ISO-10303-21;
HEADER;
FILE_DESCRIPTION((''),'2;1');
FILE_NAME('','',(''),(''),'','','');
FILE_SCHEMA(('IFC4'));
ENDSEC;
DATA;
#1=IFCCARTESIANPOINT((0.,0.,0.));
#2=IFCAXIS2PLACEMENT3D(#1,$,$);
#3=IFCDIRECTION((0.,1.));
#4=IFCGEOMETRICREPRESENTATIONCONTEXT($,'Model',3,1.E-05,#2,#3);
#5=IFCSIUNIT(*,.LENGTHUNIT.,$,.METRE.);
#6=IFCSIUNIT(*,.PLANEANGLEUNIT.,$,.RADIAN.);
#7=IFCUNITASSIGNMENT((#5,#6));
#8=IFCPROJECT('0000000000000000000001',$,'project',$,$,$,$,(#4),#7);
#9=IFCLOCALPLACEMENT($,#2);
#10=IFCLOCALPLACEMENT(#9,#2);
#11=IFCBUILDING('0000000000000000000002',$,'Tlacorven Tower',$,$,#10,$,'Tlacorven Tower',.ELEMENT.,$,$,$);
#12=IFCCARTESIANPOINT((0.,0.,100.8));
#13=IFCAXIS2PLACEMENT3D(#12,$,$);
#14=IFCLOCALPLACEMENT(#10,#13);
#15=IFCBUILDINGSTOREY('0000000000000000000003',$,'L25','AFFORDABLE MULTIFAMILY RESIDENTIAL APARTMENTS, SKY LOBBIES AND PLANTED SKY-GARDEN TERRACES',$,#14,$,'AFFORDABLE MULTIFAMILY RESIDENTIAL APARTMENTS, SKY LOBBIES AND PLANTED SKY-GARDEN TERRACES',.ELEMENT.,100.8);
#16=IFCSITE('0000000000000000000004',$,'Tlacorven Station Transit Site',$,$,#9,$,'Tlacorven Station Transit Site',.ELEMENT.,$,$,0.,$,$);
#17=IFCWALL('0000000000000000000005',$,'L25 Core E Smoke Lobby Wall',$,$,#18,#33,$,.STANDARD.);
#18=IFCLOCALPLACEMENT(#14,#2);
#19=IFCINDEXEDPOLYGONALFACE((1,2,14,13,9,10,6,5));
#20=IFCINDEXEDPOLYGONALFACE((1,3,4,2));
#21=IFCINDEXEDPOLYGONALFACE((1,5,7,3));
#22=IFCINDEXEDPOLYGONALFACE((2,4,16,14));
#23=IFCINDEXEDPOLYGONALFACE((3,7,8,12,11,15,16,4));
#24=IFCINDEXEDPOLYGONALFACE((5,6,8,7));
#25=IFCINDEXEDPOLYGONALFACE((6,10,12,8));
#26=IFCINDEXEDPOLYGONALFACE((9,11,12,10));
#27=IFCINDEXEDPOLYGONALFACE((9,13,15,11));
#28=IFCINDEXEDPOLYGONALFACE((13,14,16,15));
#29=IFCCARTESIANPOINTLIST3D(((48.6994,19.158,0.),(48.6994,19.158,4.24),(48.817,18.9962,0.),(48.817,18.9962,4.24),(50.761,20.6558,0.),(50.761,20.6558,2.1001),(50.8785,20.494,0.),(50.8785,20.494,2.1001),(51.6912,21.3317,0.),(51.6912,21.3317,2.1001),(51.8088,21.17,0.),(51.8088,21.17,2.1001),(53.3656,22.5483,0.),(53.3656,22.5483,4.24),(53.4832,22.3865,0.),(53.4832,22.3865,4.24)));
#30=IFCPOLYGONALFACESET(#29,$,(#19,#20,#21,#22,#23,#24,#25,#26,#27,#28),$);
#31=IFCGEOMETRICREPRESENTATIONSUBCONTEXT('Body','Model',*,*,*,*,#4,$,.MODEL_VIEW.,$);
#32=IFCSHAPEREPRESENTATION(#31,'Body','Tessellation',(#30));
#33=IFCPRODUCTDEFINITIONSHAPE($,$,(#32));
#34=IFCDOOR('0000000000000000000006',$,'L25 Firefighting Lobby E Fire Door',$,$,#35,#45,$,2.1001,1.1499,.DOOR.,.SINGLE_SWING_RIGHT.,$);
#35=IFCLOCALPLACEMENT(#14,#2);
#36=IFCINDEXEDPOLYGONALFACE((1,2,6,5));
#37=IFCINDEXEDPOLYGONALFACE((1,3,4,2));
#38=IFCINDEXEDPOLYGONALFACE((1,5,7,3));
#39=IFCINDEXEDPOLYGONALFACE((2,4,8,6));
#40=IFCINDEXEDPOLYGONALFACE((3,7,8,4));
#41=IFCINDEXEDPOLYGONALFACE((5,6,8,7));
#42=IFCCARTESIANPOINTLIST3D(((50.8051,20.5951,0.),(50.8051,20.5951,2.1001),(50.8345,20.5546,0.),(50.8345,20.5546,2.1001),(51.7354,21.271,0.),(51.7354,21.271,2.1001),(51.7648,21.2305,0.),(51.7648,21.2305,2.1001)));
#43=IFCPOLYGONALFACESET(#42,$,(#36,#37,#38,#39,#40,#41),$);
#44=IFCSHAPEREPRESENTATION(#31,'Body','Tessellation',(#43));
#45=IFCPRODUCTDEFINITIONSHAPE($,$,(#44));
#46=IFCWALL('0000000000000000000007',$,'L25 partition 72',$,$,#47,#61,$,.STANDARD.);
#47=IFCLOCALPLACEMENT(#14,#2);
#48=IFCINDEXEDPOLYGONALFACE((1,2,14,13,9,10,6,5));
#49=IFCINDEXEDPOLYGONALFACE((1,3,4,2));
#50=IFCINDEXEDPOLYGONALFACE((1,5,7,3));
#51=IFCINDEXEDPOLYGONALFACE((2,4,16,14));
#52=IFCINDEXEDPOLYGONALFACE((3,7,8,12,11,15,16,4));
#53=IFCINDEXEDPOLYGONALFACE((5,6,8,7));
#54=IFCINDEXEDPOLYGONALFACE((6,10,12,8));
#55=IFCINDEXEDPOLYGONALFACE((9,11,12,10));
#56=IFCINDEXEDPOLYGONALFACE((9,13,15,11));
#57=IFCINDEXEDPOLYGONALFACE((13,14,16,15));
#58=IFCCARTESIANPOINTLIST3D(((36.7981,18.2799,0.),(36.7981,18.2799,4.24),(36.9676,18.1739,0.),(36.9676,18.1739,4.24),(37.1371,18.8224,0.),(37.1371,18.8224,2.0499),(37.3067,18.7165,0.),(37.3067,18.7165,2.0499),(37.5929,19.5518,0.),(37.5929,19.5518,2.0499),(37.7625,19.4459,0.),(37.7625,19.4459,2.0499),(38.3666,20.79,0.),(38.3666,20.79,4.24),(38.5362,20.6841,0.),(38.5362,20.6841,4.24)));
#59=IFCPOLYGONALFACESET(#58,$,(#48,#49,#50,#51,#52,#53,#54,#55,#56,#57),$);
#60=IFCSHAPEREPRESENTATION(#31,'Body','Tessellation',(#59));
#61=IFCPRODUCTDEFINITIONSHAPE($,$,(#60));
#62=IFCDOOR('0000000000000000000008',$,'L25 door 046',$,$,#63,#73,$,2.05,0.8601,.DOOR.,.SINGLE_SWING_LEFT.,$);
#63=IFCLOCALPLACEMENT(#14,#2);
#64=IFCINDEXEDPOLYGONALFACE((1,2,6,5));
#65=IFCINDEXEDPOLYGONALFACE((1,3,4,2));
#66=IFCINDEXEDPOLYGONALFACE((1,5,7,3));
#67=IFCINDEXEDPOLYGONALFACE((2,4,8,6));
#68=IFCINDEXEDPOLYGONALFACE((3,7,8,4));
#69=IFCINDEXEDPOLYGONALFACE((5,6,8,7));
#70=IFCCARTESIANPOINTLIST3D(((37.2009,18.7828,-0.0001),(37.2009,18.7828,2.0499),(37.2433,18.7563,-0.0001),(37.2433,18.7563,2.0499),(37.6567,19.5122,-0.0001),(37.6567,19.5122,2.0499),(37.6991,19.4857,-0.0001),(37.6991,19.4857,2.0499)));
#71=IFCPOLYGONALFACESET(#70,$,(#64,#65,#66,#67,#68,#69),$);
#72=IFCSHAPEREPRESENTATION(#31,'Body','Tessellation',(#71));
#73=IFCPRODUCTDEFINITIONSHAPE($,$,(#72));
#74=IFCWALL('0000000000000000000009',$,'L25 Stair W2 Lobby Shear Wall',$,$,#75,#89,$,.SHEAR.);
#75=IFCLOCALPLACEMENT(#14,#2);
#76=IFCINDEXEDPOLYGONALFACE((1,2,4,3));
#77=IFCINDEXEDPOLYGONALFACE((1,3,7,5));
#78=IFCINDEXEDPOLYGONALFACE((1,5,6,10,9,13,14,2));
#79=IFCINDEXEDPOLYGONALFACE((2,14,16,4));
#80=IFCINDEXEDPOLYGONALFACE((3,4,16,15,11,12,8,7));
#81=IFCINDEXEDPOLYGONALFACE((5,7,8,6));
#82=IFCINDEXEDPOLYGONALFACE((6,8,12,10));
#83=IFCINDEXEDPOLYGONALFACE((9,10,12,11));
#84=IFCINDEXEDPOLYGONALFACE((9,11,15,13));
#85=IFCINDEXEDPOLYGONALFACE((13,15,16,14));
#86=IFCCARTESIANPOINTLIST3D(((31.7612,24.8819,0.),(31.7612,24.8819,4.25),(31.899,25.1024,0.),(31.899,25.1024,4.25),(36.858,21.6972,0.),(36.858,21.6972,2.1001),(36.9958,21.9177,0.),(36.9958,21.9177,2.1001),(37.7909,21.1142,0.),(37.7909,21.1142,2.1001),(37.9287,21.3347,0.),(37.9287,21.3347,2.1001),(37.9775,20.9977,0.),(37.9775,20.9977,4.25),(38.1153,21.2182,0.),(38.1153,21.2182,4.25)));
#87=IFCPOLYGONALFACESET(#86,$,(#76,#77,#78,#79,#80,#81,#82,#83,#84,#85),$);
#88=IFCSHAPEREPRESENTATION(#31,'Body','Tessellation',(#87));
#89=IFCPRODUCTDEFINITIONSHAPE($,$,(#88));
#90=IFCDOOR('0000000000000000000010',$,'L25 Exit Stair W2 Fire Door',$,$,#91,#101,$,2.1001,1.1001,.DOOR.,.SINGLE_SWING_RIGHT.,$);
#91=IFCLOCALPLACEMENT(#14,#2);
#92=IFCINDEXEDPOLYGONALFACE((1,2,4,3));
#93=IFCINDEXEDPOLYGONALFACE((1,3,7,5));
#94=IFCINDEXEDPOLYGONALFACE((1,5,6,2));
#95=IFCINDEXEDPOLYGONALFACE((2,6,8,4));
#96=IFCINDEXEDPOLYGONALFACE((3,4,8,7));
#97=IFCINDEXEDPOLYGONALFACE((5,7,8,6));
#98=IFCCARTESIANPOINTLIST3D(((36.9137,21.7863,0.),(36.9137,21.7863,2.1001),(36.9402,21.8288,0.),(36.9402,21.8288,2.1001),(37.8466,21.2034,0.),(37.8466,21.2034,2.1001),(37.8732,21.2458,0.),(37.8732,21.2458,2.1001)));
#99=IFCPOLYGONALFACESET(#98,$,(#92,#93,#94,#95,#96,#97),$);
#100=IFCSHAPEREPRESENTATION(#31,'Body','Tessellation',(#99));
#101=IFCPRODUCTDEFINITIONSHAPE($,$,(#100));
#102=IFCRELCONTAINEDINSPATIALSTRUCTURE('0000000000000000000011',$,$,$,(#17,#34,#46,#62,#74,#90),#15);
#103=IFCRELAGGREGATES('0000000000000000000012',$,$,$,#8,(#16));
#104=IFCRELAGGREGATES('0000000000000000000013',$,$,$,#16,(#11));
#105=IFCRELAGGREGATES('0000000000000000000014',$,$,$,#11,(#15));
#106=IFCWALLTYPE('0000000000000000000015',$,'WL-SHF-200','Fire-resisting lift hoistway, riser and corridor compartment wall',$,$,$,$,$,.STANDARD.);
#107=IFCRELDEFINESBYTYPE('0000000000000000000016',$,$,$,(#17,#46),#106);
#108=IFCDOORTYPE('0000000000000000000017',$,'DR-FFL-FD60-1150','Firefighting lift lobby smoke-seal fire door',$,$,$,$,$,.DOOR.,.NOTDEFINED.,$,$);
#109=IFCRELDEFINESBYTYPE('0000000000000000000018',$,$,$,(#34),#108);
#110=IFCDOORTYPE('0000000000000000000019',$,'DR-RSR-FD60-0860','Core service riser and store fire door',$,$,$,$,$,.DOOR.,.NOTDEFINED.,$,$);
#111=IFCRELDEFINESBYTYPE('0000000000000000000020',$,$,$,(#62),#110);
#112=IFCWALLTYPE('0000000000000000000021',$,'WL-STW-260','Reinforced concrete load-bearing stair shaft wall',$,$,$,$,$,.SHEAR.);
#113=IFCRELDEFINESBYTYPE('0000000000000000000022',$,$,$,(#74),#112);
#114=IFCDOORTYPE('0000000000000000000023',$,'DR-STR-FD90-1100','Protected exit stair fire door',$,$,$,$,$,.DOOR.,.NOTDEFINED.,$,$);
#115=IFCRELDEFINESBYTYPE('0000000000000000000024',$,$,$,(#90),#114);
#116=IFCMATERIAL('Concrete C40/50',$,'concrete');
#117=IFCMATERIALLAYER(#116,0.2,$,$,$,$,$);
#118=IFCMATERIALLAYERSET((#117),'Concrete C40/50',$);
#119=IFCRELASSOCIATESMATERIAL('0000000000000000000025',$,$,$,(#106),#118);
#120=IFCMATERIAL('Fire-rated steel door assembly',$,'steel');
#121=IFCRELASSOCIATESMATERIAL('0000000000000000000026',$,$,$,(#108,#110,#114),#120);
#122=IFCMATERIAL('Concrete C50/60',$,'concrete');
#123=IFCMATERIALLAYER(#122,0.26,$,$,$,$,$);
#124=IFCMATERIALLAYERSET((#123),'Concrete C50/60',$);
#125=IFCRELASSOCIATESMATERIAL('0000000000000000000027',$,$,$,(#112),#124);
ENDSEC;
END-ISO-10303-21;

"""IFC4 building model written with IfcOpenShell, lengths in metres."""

from ifc_helpers import new_model, si_unit, direction, frame, frame_2d, origin, place, context, subcontext, project, spatial, rectangle, extrude, source, transform, mapped, material, layer, layer_set, type_object, element, fill, save


model = new_model("IFC4")

# Units and contexts
model_context = context("Model", 3, precision=1e-05, world=origin(), true_north=direction((0.0, 1.0)))
body_context = subcontext(model_context, "Body", "Model", "MODEL_VIEW")
ifc_project = project(units=[si_unit("LENGTHUNIT", "METRE"), si_unit("PLANEANGLEUNIT", "RADIAN")], contexts=[model_context])

# Site, building, storey
site_placement = place(None, origin())
site = spatial("IfcSite", under=ifc_project, at=site_placement, Name="Tlacorven Station Transit Site", LongName="Tlacorven Station Transit Site", CompositionType="ELEMENT", RefElevation=0.0)
building_placement = place(site_placement, origin())
building = spatial("IfcBuilding", under=site, at=building_placement, Name="Tlacorven Tower", LongName="Tlacorven Tower", CompositionType="ELEMENT")
storey_placement = place(building_placement, frame((0.0, 0.0, 100.8)))
storey = spatial("IfcBuildingStorey", under=building, at=storey_placement, Name="L25", Description="AFFORDABLE MULTIFAMILY RESIDENTIAL APARTMENTS, SKY LOBBIES AND PLANTED SKY-GARDEN TERRACES", LongName="AFFORDABLE MULTIFAMILY RESIDENTIAL APARTMENTS, SKY LOBBIES AND PLANTED SKY-GARDEN TERRACES", CompositionType="ELEMENT", Elevation=100.8)

# Walls, openings, doors
ifc_material_1 = material(Name="Concrete C40/50", Category="concrete")
ifc_layer_1 = layer(ifc_material_1, 0.2)
ifc_layer_set_1 = layer_set([ifc_layer_1], Name="Concrete C40/50")
wall_type_1 = type_object("IfcWallType", Name="WL-SHF-200", Description="Fire-resisting lift hoistway, riser and corridor compartment wall", PredefinedType="STANDARD", material=ifc_layer_set_1)
ifc_material_2 = material(Name="Fire-rated steel door assembly", Category="steel")
door_type_1 = type_object("IfcDoorType", Name="DR-FFL-FD60-1150", Description="Firefighting lift lobby smoke-seal fire door", OperationType="NOTDEFINED", PredefinedType="DOOR", material=ifc_material_2)
shared_shape_1 = source(origin(), body_context, "Body", "SweptSolid", [
    extrude(rectangle(XDim=1.1499, YDim=2.1001, at=frame_2d((0.575, 1.05))), frame((0.0, 0.0249, 0.0), z_axis=(0.0, -1.0, 0.0), x_axis=(1.0, 0.0, 0.0)), (0.0, 0.0, 1.0), 0.05),
])
wall_1_placement = place(storey_placement, frame((48.7583, 19.0771, 0.0), z_axis=(0.0, 0.0, 1.0), x_axis=(0.809005, 0.587802, 0.0)))
wall_1 = element("IfcWall", 1, at=wall_1_placement, inside=storey, type_object=wall_type_1, Name="L25 Core E Smoke Lobby Wall", PredefinedType="STANDARD", context=body_context, shape_type="SweptSolid", body=[
    extrude(rectangle(XDim=5.7678, YDim=0.2, at=frame_2d((2.8838, 0.0))), origin(), (0.0, 0.0, 1.0), 4.24),
])
opening_1_placement = place(wall_1_placement, frame((2.5481, 0.0, 0.0)))
opening_1 = element("IfcOpeningElement", 2, at=opening_1_placement, cuts=wall_1, PredefinedType="OPENING", context=body_context, shape_type="SweptSolid", body=[
    extrude(rectangle(XDim=1.1499, YDim=2.1001, at=frame_2d((0.575, 1.05))), frame((0.0, 0.1099, 0.0), z_axis=(0.0, -1.0, 0.0), x_axis=(1.0, 0.0, 0.0)), (0.0, 0.0, 1.0), 0.22),
])
door_1_placement = place(opening_1_placement, origin())
door_1 = element("IfcDoor", 3, at=door_1_placement, inside=storey, type_object=door_type_1, Name="L25 Firefighting Lobby E Fire Door", OperationType="SINGLE_SWING_RIGHT", OverallHeight=2.1001, OverallWidth=1.1499, PredefinedType="DOOR", context=body_context, shape_type="MappedRepresentation", body=[
    mapped(shared_shape_1, transform((0.0, 0.0, 0.0), scale=1.0)),
])
fill(opening_1, door_1)
wall_2_placement = place(storey_placement, frame((38.4514, 20.7371, 0.0), z_axis=(0.0, 0.0, 1.0), x_axis=(-0.529925, -0.848045, 0.0)))
wall_2 = element("IfcWall", 4, at=wall_2_placement, inside=storey, type_object=wall_type_1, Name="L25 partition 72", PredefinedType="STANDARD", context=body_context, shape_type="SweptSolid", body=[
    extrude(rectangle(XDim=2.96, YDim=0.2, at=frame_2d((1.48, 0.0))), origin(), (0.0, 0.0, 1.0), 4.24),
])
opening_2_placement = place(wall_2_placement, frame((1.46, 0.0, 0.0)))
opening_2 = element("IfcOpeningElement", 5, at=opening_2_placement, cuts=wall_2, PredefinedType="OPENING", context=body_context, shape_type="SweptSolid", body=[
    extrude(rectangle(XDim=0.8601, YDim=2.05, at=frame_2d((0.4302, 1.0249))), frame((0.0, 0.1099, 0.0), z_axis=(0.0, -1.0, 0.0), x_axis=(1.0, 0.0, 0.0)), (0.0, 0.0, 1.0), 0.22),
])
door_type_2 = type_object("IfcDoorType", Name="DR-RSR-FD60-0860", Description="Core service riser and store fire door", OperationType="NOTDEFINED", PredefinedType="DOOR", material=ifc_material_2)
shared_shape_2 = source(origin(), body_context, "Body", "SweptSolid", [
    extrude(rectangle(XDim=0.8601, YDim=2.05, at=frame_2d((0.4302, 1.0249))), frame((0.0, 0.0249, 0.0), z_axis=(0.0, -1.0, 0.0), x_axis=(1.0, 0.0, 0.0)), (0.0, 0.0, 1.0), 0.05),
])
door_2_placement = place(opening_2_placement, frame((0.8601, 0.0, 0.0), z_axis=(0.0, 0.0, 1.0), x_axis=(-1.0, 0.0, 0.0)))
door_2 = element("IfcDoor", 6, at=door_2_placement, inside=storey, type_object=door_type_2, Name="L25 door 046", OperationType="SINGLE_SWING_LEFT", OverallHeight=2.05, OverallWidth=0.8601, PredefinedType="DOOR", context=body_context, shape_type="MappedRepresentation", body=[
    mapped(shared_shape_2, transform((0.0, 0.0, 0.0), scale=1.0)),
])
fill(opening_2, door_2)
ifc_material_3 = material(Name="Concrete C50/60", Category="concrete")
ifc_layer_2 = layer(ifc_material_3, 0.26)
ifc_layer_set_2 = layer_set([ifc_layer_2], Name="Concrete C50/60")
wall_type_2 = type_object("IfcWallType", Name="WL-STW-260", Description="Reinforced concrete load-bearing stair shaft wall", PredefinedType="SHEAR", material=ifc_layer_set_2)
wall_3_placement = place(storey_placement, frame((38.0464, 21.1079, 0.0), z_axis=(0.0, 0.0, 1.0), x_axis=(-0.848054, 0.529909, 0.0)))
wall_3 = element("IfcWall", 7, at=wall_3_placement, inside=storey, type_object=wall_type_2, Name="L25 Stair W2 Lobby Shear Wall", PredefinedType="SHEAR", context=body_context, shape_type="SweptSolid", body=[
    extrude(rectangle(XDim=7.3301, YDim=0.26, at=frame_2d((3.665, 0.0))), origin(), (0.0, 0.0, 1.0), 4.25),
])
opening_3_placement = place(wall_3_placement, frame((0.22, 0.0, 0.0)))
opening_3 = element("IfcOpeningElement", 8, at=opening_3_placement, cuts=wall_3, PredefinedType="OPENING", context=body_context, shape_type="SweptSolid", body=[
    extrude(rectangle(XDim=1.1001, YDim=2.1001, at=frame_2d((0.55, 1.05))), frame((0.0, 0.1401, 0.0), z_axis=(0.0, -1.0, 0.0), x_axis=(1.0, 0.0, 0.0)), (0.0, 0.0, 1.0), 0.28),
])
door_type_3 = type_object("IfcDoorType", Name="DR-STR-FD90-1100", Description="Protected exit stair fire door", OperationType="NOTDEFINED", PredefinedType="DOOR", material=ifc_material_2)
shared_shape_3 = source(origin(), body_context, "Body", "SweptSolid", [
    extrude(rectangle(XDim=1.1001, YDim=2.1001, at=frame_2d((0.55, 1.05))), frame((0.0, 0.0249, 0.0), z_axis=(0.0, -1.0, 0.0), x_axis=(1.0, 0.0, 0.0)), (0.0, 0.0, 1.0), 0.05),
])
door_3_placement = place(opening_3_placement, origin())
door_3 = element("IfcDoor", 9, at=door_3_placement, inside=storey, type_object=door_type_3, Name="L25 Exit Stair W2 Fire Door", OperationType="SINGLE_SWING_RIGHT", OverallHeight=2.1001, OverallWidth=1.1001, PredefinedType="DOOR", context=body_context, shape_type="MappedRepresentation", body=[
    mapped(shared_shape_3, transform((0.0, 0.0, 0.0), scale=1.0)),
])
fill(opening_3, door_3)

save(model, "model.ifc")
